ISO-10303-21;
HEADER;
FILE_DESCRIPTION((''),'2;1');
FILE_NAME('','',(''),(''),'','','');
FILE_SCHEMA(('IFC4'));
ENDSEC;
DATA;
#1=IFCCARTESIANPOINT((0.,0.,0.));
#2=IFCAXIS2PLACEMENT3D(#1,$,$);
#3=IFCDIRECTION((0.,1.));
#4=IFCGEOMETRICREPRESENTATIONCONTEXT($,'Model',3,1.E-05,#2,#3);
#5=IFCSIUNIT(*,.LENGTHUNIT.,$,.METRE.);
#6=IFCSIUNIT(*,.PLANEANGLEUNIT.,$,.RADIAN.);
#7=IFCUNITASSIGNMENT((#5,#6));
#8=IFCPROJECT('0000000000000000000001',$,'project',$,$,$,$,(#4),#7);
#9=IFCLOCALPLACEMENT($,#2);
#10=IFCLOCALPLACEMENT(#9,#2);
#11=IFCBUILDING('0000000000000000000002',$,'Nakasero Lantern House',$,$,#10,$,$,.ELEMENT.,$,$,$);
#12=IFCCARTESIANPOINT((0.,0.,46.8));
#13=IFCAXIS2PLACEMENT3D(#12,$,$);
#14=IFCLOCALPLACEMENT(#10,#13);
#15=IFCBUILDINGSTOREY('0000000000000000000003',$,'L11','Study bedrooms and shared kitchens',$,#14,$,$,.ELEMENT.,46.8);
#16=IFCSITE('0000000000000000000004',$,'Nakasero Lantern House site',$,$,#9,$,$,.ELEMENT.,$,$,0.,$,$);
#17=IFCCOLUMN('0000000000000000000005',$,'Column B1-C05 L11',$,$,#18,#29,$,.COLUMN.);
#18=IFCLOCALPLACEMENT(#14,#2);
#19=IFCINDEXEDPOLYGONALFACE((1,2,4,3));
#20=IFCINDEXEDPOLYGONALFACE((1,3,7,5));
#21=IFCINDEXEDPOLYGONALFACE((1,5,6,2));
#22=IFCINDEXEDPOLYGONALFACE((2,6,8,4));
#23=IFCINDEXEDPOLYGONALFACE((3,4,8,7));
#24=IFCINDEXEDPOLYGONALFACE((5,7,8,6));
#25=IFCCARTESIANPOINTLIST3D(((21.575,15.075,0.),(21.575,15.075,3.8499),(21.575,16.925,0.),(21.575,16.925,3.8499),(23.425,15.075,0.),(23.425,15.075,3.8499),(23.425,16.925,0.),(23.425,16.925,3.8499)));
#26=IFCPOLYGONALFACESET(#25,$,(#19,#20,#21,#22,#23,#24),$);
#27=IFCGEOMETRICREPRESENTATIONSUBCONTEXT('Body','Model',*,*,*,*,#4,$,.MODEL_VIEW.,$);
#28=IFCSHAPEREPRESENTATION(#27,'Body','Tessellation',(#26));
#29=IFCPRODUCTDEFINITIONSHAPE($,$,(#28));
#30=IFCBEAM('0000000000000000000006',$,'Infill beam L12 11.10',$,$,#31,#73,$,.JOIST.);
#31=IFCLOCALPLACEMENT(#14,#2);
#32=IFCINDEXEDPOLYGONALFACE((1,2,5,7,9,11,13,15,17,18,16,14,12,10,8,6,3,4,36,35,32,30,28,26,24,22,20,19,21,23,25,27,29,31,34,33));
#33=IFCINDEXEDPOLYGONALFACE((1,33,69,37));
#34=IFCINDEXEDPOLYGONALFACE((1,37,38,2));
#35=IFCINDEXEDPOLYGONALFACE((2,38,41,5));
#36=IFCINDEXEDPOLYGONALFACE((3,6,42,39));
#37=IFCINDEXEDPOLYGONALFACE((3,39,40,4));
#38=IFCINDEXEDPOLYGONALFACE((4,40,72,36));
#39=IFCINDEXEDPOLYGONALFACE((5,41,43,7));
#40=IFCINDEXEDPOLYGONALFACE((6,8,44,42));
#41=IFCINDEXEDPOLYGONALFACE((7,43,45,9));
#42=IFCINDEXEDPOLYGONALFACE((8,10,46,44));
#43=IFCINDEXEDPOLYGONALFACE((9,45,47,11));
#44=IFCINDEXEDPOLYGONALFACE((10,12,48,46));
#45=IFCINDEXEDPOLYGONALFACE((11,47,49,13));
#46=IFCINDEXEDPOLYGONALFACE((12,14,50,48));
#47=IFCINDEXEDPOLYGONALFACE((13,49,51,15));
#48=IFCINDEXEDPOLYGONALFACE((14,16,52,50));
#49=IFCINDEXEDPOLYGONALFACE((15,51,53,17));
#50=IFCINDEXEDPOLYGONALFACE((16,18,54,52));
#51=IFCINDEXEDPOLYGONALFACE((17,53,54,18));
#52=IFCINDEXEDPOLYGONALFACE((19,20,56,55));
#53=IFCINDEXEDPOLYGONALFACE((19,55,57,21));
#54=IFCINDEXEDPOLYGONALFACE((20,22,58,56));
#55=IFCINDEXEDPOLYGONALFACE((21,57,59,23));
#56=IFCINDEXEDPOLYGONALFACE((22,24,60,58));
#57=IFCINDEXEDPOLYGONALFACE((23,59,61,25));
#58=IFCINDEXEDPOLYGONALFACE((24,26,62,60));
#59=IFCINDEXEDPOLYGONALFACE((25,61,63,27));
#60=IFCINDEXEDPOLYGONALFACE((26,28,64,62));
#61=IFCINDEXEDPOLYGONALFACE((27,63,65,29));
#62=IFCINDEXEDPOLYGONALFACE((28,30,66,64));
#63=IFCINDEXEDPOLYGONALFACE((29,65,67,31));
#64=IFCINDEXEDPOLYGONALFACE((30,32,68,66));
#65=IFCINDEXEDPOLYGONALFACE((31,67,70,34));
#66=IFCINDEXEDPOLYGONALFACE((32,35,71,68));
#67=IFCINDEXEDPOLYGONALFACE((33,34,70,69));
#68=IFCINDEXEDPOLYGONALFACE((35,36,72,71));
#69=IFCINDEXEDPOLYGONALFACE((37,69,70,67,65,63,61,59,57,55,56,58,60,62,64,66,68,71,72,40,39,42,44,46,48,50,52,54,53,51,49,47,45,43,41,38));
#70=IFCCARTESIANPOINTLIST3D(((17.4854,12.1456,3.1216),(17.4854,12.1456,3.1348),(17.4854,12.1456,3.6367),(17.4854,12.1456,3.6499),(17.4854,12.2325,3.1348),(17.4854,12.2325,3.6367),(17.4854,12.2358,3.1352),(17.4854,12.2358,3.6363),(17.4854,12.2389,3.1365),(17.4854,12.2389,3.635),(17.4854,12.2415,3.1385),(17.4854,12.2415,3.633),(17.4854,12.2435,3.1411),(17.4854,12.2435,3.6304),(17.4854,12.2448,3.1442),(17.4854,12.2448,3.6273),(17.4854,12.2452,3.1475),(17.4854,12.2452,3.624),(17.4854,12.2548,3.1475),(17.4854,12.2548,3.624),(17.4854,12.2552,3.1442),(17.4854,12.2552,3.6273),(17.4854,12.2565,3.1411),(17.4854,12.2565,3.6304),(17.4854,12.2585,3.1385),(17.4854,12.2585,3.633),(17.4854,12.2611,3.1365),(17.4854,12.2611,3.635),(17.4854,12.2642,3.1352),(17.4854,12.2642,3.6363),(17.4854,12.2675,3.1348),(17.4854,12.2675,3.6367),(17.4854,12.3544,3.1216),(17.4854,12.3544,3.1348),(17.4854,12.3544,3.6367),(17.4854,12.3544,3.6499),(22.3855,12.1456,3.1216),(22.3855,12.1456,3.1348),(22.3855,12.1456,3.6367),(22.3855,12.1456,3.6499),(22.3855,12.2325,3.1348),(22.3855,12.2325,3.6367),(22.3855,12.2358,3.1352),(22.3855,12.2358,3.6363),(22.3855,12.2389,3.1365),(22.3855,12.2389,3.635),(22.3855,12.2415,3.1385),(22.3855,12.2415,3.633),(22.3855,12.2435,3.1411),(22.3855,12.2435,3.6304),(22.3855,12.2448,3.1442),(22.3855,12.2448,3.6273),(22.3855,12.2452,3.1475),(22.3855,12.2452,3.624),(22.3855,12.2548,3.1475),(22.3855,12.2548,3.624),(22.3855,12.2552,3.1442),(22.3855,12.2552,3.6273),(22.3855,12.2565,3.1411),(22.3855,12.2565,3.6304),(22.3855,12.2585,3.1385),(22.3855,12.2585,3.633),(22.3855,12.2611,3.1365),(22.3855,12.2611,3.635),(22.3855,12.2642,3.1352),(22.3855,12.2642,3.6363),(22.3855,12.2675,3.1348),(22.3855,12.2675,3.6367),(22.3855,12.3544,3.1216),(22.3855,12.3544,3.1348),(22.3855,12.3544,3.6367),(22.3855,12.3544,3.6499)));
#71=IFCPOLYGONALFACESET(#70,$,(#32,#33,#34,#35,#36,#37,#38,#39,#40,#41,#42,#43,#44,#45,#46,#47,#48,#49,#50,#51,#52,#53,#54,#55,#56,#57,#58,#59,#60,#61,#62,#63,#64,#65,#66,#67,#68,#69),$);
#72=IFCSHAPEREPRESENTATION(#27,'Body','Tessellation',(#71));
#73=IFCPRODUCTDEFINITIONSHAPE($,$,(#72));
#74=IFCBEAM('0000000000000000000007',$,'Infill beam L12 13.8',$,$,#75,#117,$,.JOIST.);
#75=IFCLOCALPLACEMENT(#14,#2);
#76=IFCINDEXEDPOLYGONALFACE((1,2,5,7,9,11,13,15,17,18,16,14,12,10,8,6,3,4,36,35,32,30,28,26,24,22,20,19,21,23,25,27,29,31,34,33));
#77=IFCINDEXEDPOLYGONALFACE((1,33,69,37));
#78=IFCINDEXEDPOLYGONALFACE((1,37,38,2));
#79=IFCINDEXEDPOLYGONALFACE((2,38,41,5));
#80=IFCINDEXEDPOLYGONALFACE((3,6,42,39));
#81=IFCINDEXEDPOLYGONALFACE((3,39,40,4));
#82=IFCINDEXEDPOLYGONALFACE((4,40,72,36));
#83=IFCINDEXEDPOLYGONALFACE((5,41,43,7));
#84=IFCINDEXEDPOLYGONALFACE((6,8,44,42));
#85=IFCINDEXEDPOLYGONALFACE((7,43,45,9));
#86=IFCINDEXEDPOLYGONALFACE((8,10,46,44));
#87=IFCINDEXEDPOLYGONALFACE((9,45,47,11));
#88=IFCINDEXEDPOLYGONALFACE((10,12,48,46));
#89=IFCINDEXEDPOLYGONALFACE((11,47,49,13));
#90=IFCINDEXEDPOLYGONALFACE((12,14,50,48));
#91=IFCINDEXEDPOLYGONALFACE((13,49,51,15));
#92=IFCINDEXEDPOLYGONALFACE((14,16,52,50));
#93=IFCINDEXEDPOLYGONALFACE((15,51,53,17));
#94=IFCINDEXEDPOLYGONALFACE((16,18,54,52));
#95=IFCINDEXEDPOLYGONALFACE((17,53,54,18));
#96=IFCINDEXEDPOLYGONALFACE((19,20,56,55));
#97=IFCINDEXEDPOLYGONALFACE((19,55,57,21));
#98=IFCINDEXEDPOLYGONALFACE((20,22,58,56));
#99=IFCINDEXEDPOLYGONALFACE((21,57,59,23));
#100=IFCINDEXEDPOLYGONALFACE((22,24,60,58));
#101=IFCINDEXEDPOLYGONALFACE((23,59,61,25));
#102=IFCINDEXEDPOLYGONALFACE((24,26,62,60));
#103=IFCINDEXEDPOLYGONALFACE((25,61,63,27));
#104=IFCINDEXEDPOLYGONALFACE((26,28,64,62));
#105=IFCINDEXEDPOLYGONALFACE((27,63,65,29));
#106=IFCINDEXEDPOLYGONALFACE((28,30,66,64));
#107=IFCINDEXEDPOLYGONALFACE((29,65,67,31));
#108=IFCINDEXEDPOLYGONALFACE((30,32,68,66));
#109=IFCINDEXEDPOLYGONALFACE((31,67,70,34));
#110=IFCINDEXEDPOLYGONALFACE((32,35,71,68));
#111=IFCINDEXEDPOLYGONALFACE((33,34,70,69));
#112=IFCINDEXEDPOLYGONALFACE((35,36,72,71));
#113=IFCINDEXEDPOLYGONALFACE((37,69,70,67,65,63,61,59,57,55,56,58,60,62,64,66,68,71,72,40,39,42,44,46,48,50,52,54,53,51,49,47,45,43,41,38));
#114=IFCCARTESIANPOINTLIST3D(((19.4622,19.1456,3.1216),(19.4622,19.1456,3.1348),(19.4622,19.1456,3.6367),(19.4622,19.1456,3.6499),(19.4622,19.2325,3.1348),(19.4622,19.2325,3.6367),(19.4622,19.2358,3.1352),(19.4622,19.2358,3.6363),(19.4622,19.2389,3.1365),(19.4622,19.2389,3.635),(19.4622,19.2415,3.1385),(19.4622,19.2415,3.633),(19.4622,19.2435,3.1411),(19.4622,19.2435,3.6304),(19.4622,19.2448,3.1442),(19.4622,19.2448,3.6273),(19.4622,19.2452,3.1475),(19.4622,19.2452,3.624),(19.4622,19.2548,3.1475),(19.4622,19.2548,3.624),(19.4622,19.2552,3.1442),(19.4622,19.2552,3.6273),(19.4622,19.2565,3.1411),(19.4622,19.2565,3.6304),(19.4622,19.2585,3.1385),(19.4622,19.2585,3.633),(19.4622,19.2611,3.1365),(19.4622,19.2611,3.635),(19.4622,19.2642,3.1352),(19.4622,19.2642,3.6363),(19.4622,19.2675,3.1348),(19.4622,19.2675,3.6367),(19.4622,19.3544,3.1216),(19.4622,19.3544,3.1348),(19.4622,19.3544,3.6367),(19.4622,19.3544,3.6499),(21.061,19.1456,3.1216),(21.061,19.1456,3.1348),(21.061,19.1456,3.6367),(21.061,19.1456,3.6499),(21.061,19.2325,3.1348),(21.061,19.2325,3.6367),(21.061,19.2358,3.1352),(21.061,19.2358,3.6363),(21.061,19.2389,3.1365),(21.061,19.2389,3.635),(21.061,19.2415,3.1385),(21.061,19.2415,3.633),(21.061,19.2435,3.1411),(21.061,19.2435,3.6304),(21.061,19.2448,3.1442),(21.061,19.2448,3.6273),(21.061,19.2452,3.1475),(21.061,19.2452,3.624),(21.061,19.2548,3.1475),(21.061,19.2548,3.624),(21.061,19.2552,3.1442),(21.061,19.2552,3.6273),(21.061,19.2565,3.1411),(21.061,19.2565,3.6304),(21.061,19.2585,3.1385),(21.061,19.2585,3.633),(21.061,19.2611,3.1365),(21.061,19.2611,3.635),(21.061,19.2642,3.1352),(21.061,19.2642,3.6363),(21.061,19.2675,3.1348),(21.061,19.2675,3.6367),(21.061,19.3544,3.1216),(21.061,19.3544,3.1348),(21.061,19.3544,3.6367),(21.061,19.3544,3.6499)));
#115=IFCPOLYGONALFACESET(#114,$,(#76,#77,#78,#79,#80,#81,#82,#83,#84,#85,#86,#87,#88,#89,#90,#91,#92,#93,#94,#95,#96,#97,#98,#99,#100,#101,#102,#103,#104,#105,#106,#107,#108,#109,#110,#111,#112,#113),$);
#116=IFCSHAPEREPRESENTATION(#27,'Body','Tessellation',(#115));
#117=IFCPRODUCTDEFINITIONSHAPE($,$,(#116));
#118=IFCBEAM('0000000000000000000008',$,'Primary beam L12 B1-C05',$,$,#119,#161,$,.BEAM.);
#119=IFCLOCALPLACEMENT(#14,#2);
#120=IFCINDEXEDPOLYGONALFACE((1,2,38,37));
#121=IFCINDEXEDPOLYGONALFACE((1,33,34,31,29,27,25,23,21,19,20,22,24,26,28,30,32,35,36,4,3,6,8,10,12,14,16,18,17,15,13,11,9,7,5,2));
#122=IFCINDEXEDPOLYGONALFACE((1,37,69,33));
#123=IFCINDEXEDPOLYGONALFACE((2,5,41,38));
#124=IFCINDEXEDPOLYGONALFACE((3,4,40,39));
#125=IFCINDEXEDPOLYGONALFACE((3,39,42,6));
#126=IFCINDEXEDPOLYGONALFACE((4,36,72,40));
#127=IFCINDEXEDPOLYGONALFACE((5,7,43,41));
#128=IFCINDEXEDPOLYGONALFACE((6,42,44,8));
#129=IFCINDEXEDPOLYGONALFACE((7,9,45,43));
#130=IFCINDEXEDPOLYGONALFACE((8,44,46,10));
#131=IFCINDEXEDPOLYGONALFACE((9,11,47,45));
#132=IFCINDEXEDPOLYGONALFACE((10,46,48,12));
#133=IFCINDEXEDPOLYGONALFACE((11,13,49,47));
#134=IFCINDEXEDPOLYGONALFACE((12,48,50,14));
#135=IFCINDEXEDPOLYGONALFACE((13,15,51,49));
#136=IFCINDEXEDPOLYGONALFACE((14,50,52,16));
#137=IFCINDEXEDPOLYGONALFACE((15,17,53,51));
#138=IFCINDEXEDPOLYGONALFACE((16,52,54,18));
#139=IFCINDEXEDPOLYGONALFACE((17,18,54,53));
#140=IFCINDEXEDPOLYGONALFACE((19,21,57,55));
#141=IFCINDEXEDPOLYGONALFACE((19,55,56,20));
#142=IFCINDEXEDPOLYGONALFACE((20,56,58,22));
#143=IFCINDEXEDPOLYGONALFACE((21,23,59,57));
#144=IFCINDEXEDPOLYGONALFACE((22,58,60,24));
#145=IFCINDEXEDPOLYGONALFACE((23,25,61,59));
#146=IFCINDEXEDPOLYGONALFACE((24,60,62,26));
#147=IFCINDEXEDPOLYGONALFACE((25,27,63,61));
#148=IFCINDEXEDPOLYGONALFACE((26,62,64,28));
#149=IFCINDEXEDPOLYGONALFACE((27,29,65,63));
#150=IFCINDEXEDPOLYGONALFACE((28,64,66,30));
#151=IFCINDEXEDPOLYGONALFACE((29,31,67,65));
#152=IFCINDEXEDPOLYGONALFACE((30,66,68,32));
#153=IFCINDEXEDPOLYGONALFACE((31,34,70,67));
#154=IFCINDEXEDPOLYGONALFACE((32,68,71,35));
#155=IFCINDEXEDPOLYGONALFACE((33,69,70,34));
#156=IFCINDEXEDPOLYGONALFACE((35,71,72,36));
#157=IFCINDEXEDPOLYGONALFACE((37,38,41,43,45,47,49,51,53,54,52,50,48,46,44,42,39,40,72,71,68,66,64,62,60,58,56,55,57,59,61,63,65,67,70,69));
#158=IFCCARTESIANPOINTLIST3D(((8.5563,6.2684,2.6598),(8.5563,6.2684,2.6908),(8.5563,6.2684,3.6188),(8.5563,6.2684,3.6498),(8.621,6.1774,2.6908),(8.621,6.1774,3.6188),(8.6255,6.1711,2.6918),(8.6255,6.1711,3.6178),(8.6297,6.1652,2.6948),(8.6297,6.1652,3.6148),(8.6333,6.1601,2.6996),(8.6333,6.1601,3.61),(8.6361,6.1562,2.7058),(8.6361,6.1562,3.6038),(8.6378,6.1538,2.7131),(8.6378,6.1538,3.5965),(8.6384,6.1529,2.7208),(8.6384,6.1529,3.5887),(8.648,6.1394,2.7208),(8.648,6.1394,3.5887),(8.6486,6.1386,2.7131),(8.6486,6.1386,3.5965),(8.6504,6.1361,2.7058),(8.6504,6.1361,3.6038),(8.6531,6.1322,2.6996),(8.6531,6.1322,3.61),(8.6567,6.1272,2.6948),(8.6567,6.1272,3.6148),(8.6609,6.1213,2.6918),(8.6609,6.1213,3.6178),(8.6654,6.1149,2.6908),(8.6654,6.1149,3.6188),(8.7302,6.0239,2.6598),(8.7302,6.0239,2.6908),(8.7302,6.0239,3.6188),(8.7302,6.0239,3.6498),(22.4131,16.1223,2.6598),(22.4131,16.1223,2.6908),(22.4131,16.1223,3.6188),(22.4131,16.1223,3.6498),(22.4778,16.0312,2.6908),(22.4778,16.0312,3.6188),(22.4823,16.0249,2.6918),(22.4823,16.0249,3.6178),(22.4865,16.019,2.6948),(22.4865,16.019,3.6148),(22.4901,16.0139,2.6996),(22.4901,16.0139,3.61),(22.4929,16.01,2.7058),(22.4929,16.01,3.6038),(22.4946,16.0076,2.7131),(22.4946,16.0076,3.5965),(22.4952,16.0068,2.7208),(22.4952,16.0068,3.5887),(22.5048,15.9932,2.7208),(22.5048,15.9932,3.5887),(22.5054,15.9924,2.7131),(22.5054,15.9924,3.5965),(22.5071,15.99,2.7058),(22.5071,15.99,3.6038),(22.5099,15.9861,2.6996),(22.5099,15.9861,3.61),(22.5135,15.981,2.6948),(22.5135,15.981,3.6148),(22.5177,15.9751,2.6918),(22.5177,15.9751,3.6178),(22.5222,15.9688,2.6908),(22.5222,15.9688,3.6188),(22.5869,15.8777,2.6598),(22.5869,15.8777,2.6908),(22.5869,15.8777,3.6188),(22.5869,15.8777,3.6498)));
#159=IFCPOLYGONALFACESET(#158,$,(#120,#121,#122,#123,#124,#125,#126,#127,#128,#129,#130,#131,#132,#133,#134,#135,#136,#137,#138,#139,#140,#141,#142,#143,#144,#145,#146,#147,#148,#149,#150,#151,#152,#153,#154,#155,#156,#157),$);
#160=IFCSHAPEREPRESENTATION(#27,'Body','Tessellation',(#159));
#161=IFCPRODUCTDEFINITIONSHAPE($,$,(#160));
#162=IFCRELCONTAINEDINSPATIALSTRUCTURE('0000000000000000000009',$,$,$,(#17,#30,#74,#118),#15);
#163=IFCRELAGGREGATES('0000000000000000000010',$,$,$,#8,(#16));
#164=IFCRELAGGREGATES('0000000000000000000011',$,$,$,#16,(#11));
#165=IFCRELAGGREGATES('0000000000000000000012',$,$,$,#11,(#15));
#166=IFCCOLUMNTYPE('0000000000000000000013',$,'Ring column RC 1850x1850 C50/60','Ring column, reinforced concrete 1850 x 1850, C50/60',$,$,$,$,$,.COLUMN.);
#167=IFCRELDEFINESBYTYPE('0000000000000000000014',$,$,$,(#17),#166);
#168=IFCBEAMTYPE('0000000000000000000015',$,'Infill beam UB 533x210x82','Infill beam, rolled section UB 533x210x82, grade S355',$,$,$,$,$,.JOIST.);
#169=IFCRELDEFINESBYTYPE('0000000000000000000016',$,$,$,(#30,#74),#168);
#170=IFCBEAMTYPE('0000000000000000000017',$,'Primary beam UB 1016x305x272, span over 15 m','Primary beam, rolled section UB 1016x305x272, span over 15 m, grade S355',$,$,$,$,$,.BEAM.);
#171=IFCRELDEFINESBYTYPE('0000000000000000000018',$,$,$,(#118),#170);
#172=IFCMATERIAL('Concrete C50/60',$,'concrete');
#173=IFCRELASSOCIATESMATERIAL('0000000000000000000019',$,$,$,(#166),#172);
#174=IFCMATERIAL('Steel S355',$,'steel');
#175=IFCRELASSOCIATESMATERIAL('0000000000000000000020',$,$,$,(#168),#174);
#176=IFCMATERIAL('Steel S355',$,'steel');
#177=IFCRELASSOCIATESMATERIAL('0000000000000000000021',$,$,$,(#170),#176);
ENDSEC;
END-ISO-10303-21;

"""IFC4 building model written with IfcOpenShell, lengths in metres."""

from ifc_helpers import new_model, si_unit, direction, frame, origin, origin_2d, place, context, subcontext, project, spatial, rectangle, i_section, extrude, material, material_profile, profile_set, type_object, element, save


model = new_model("IFC4")

# Units and contexts
model_context = context("Model", 3, precision=1e-05, world=origin(), true_north=direction((0.0, 1.0)))
body_context = subcontext(model_context, "Body", "Model", "MODEL_VIEW")
ifc_project = project(units=[si_unit("LENGTHUNIT", "METRE"), si_unit("PLANEANGLEUNIT", "RADIAN")], contexts=[model_context])

# Site, building, storey
site_placement = place(None, origin())
site = spatial("IfcSite", under=ifc_project, at=site_placement, Name="Nakasero Lantern House site", CompositionType="ELEMENT", RefElevation=0.0)
building_placement = place(site_placement, origin())
building = spatial("IfcBuilding", under=site, at=building_placement, Name="Nakasero Lantern House", CompositionType="ELEMENT")
storey_placement = place(building_placement, frame((0.0, 0.0, 46.8)))
storey = spatial("IfcBuildingStorey", under=building, at=storey_placement, Name="L11", Description="Study bedrooms and shared kitchens", CompositionType="ELEMENT", Elevation=46.8)

# Column
ifc_material_1 = material(Name="Concrete C50/60", Category="concrete")
ifc_material_profile_1 = material_profile(ifc_material_1, rectangle(XDim=1.8501, YDim=1.8501, at=origin_2d()), Name="RC 1850x1850")
ifc_profile_set_1 = profile_set([ifc_material_profile_1], Name="Concrete C50/60")
column_type = type_object("IfcColumnType", Name="Ring column RC 1850x1850 C50/60", Description="Ring column, reinforced concrete 1850 x 1850, C50/60", PredefinedType="COLUMN", material=ifc_profile_set_1)
column_placement = place(storey_placement, frame((22.5, 16.0, 0.0), z_axis=(0.0, 0.0, 1.0), x_axis=(1.0, 0.0, 0.0)))
element("IfcColumn", 1, at=column_placement, inside=storey, type_object=column_type, Name="Column B1-C05 L11", PredefinedType="COLUMN", context=body_context, shape_type="SweptSolid", body=[
    extrude(rectangle(XDim=1.8501, YDim=1.8501, at=origin_2d()), origin(), (0.0, 0.0, 1.0), 3.8499),
])

# Beams
ifc_material_2 = material(Name="Steel S355", Category="steel")
ifc_material_profile_2 = material_profile(ifc_material_2, i_section(OverallWidth=0.2087, OverallDepth=0.5283, WebThickness=0.0095, FlangeThickness=0.0132, FilletRadius=0.0127, at=origin_2d()), Name="UB 533x210x82")
ifc_profile_set_2 = profile_set([ifc_material_profile_2], Name="Steel S355")
beam_type_1 = type_object("IfcBeamType", Name="Infill beam UB 533x210x82", Description="Infill beam, rolled section UB 533x210x82, grade S355", PredefinedType="JOIST", material=ifc_profile_set_2)
beam_1_placement = place(storey_placement, frame((17.4854, 12.25, 3.3857), z_axis=(1.0, 0.0, 0.0), x_axis=(0.0, 1.0, 0.0)))
element("IfcBeam", 2, at=beam_1_placement, inside=storey, type_object=beam_type_1, Name="Infill beam L12 11.10", PredefinedType="JOIST", context=body_context, shape_type="SweptSolid", body=[
    extrude(i_section(OverallWidth=0.2087, OverallDepth=0.5283, WebThickness=0.0095, FlangeThickness=0.0132, FilletRadius=0.0127, at=origin_2d()), origin(), (0.0, 0.0, 1.0), 4.9001),
])
beam_2_placement = place(storey_placement, frame((19.4622, 19.25, 3.3857), z_axis=(1.0, 0.0, 0.0), x_axis=(0.0, 1.0, 0.0)))
element("IfcBeam", 3, at=beam_2_placement, inside=storey, type_object=beam_type_1, Name="Infill beam L12 13.8", PredefinedType="JOIST", context=body_context, shape_type="SweptSolid", body=[
    extrude(i_section(OverallWidth=0.2087, OverallDepth=0.5283, WebThickness=0.0095, FlangeThickness=0.0132, FilletRadius=0.0127, at=origin_2d()), origin(), (0.0, 0.0, 1.0), 1.5989),
])
ifc_material_3 = material(Name="Steel S355", Category="steel")
ifc_material_profile_3 = material_profile(ifc_material_3, i_section(OverallWidth=0.3, OverallDepth=0.99, WebThickness=0.0166, FlangeThickness=0.031, FilletRadius=0.03, at=origin_2d()), Name="UB 1016x305x272")
ifc_profile_set_3 = profile_set([ifc_material_profile_3], Name="Steel S355")
beam_type_2 = type_object("IfcBeamType", Name="Primary beam UB 1016x305x272, span over 15 m", Description="Primary beam, rolled section UB 1016x305x272, span over 15 m, grade S355", PredefinedType="BEAM", material=ifc_profile_set_3)
beam_3_placement = place(storey_placement, frame((22.5, 16.0, 3.1548), z_axis=(-0.814952, -0.579528, 0.0), x_axis=(0.579528, -0.814952, 0.0)))
element("IfcBeam", 4, at=beam_3_placement, inside=storey, type_object=beam_type_2, Name="Primary beam L12 B1-C05", PredefinedType="BEAM", context=body_context, shape_type="SweptSolid", body=[
    extrude(i_section(OverallWidth=0.3, OverallDepth=0.99, WebThickness=0.0166, FlangeThickness=0.031, FilletRadius=0.03, at=origin_2d()), origin(), (0.0, 0.0, 1.0), 17.0032),
])

save(model, "model.ifc")
